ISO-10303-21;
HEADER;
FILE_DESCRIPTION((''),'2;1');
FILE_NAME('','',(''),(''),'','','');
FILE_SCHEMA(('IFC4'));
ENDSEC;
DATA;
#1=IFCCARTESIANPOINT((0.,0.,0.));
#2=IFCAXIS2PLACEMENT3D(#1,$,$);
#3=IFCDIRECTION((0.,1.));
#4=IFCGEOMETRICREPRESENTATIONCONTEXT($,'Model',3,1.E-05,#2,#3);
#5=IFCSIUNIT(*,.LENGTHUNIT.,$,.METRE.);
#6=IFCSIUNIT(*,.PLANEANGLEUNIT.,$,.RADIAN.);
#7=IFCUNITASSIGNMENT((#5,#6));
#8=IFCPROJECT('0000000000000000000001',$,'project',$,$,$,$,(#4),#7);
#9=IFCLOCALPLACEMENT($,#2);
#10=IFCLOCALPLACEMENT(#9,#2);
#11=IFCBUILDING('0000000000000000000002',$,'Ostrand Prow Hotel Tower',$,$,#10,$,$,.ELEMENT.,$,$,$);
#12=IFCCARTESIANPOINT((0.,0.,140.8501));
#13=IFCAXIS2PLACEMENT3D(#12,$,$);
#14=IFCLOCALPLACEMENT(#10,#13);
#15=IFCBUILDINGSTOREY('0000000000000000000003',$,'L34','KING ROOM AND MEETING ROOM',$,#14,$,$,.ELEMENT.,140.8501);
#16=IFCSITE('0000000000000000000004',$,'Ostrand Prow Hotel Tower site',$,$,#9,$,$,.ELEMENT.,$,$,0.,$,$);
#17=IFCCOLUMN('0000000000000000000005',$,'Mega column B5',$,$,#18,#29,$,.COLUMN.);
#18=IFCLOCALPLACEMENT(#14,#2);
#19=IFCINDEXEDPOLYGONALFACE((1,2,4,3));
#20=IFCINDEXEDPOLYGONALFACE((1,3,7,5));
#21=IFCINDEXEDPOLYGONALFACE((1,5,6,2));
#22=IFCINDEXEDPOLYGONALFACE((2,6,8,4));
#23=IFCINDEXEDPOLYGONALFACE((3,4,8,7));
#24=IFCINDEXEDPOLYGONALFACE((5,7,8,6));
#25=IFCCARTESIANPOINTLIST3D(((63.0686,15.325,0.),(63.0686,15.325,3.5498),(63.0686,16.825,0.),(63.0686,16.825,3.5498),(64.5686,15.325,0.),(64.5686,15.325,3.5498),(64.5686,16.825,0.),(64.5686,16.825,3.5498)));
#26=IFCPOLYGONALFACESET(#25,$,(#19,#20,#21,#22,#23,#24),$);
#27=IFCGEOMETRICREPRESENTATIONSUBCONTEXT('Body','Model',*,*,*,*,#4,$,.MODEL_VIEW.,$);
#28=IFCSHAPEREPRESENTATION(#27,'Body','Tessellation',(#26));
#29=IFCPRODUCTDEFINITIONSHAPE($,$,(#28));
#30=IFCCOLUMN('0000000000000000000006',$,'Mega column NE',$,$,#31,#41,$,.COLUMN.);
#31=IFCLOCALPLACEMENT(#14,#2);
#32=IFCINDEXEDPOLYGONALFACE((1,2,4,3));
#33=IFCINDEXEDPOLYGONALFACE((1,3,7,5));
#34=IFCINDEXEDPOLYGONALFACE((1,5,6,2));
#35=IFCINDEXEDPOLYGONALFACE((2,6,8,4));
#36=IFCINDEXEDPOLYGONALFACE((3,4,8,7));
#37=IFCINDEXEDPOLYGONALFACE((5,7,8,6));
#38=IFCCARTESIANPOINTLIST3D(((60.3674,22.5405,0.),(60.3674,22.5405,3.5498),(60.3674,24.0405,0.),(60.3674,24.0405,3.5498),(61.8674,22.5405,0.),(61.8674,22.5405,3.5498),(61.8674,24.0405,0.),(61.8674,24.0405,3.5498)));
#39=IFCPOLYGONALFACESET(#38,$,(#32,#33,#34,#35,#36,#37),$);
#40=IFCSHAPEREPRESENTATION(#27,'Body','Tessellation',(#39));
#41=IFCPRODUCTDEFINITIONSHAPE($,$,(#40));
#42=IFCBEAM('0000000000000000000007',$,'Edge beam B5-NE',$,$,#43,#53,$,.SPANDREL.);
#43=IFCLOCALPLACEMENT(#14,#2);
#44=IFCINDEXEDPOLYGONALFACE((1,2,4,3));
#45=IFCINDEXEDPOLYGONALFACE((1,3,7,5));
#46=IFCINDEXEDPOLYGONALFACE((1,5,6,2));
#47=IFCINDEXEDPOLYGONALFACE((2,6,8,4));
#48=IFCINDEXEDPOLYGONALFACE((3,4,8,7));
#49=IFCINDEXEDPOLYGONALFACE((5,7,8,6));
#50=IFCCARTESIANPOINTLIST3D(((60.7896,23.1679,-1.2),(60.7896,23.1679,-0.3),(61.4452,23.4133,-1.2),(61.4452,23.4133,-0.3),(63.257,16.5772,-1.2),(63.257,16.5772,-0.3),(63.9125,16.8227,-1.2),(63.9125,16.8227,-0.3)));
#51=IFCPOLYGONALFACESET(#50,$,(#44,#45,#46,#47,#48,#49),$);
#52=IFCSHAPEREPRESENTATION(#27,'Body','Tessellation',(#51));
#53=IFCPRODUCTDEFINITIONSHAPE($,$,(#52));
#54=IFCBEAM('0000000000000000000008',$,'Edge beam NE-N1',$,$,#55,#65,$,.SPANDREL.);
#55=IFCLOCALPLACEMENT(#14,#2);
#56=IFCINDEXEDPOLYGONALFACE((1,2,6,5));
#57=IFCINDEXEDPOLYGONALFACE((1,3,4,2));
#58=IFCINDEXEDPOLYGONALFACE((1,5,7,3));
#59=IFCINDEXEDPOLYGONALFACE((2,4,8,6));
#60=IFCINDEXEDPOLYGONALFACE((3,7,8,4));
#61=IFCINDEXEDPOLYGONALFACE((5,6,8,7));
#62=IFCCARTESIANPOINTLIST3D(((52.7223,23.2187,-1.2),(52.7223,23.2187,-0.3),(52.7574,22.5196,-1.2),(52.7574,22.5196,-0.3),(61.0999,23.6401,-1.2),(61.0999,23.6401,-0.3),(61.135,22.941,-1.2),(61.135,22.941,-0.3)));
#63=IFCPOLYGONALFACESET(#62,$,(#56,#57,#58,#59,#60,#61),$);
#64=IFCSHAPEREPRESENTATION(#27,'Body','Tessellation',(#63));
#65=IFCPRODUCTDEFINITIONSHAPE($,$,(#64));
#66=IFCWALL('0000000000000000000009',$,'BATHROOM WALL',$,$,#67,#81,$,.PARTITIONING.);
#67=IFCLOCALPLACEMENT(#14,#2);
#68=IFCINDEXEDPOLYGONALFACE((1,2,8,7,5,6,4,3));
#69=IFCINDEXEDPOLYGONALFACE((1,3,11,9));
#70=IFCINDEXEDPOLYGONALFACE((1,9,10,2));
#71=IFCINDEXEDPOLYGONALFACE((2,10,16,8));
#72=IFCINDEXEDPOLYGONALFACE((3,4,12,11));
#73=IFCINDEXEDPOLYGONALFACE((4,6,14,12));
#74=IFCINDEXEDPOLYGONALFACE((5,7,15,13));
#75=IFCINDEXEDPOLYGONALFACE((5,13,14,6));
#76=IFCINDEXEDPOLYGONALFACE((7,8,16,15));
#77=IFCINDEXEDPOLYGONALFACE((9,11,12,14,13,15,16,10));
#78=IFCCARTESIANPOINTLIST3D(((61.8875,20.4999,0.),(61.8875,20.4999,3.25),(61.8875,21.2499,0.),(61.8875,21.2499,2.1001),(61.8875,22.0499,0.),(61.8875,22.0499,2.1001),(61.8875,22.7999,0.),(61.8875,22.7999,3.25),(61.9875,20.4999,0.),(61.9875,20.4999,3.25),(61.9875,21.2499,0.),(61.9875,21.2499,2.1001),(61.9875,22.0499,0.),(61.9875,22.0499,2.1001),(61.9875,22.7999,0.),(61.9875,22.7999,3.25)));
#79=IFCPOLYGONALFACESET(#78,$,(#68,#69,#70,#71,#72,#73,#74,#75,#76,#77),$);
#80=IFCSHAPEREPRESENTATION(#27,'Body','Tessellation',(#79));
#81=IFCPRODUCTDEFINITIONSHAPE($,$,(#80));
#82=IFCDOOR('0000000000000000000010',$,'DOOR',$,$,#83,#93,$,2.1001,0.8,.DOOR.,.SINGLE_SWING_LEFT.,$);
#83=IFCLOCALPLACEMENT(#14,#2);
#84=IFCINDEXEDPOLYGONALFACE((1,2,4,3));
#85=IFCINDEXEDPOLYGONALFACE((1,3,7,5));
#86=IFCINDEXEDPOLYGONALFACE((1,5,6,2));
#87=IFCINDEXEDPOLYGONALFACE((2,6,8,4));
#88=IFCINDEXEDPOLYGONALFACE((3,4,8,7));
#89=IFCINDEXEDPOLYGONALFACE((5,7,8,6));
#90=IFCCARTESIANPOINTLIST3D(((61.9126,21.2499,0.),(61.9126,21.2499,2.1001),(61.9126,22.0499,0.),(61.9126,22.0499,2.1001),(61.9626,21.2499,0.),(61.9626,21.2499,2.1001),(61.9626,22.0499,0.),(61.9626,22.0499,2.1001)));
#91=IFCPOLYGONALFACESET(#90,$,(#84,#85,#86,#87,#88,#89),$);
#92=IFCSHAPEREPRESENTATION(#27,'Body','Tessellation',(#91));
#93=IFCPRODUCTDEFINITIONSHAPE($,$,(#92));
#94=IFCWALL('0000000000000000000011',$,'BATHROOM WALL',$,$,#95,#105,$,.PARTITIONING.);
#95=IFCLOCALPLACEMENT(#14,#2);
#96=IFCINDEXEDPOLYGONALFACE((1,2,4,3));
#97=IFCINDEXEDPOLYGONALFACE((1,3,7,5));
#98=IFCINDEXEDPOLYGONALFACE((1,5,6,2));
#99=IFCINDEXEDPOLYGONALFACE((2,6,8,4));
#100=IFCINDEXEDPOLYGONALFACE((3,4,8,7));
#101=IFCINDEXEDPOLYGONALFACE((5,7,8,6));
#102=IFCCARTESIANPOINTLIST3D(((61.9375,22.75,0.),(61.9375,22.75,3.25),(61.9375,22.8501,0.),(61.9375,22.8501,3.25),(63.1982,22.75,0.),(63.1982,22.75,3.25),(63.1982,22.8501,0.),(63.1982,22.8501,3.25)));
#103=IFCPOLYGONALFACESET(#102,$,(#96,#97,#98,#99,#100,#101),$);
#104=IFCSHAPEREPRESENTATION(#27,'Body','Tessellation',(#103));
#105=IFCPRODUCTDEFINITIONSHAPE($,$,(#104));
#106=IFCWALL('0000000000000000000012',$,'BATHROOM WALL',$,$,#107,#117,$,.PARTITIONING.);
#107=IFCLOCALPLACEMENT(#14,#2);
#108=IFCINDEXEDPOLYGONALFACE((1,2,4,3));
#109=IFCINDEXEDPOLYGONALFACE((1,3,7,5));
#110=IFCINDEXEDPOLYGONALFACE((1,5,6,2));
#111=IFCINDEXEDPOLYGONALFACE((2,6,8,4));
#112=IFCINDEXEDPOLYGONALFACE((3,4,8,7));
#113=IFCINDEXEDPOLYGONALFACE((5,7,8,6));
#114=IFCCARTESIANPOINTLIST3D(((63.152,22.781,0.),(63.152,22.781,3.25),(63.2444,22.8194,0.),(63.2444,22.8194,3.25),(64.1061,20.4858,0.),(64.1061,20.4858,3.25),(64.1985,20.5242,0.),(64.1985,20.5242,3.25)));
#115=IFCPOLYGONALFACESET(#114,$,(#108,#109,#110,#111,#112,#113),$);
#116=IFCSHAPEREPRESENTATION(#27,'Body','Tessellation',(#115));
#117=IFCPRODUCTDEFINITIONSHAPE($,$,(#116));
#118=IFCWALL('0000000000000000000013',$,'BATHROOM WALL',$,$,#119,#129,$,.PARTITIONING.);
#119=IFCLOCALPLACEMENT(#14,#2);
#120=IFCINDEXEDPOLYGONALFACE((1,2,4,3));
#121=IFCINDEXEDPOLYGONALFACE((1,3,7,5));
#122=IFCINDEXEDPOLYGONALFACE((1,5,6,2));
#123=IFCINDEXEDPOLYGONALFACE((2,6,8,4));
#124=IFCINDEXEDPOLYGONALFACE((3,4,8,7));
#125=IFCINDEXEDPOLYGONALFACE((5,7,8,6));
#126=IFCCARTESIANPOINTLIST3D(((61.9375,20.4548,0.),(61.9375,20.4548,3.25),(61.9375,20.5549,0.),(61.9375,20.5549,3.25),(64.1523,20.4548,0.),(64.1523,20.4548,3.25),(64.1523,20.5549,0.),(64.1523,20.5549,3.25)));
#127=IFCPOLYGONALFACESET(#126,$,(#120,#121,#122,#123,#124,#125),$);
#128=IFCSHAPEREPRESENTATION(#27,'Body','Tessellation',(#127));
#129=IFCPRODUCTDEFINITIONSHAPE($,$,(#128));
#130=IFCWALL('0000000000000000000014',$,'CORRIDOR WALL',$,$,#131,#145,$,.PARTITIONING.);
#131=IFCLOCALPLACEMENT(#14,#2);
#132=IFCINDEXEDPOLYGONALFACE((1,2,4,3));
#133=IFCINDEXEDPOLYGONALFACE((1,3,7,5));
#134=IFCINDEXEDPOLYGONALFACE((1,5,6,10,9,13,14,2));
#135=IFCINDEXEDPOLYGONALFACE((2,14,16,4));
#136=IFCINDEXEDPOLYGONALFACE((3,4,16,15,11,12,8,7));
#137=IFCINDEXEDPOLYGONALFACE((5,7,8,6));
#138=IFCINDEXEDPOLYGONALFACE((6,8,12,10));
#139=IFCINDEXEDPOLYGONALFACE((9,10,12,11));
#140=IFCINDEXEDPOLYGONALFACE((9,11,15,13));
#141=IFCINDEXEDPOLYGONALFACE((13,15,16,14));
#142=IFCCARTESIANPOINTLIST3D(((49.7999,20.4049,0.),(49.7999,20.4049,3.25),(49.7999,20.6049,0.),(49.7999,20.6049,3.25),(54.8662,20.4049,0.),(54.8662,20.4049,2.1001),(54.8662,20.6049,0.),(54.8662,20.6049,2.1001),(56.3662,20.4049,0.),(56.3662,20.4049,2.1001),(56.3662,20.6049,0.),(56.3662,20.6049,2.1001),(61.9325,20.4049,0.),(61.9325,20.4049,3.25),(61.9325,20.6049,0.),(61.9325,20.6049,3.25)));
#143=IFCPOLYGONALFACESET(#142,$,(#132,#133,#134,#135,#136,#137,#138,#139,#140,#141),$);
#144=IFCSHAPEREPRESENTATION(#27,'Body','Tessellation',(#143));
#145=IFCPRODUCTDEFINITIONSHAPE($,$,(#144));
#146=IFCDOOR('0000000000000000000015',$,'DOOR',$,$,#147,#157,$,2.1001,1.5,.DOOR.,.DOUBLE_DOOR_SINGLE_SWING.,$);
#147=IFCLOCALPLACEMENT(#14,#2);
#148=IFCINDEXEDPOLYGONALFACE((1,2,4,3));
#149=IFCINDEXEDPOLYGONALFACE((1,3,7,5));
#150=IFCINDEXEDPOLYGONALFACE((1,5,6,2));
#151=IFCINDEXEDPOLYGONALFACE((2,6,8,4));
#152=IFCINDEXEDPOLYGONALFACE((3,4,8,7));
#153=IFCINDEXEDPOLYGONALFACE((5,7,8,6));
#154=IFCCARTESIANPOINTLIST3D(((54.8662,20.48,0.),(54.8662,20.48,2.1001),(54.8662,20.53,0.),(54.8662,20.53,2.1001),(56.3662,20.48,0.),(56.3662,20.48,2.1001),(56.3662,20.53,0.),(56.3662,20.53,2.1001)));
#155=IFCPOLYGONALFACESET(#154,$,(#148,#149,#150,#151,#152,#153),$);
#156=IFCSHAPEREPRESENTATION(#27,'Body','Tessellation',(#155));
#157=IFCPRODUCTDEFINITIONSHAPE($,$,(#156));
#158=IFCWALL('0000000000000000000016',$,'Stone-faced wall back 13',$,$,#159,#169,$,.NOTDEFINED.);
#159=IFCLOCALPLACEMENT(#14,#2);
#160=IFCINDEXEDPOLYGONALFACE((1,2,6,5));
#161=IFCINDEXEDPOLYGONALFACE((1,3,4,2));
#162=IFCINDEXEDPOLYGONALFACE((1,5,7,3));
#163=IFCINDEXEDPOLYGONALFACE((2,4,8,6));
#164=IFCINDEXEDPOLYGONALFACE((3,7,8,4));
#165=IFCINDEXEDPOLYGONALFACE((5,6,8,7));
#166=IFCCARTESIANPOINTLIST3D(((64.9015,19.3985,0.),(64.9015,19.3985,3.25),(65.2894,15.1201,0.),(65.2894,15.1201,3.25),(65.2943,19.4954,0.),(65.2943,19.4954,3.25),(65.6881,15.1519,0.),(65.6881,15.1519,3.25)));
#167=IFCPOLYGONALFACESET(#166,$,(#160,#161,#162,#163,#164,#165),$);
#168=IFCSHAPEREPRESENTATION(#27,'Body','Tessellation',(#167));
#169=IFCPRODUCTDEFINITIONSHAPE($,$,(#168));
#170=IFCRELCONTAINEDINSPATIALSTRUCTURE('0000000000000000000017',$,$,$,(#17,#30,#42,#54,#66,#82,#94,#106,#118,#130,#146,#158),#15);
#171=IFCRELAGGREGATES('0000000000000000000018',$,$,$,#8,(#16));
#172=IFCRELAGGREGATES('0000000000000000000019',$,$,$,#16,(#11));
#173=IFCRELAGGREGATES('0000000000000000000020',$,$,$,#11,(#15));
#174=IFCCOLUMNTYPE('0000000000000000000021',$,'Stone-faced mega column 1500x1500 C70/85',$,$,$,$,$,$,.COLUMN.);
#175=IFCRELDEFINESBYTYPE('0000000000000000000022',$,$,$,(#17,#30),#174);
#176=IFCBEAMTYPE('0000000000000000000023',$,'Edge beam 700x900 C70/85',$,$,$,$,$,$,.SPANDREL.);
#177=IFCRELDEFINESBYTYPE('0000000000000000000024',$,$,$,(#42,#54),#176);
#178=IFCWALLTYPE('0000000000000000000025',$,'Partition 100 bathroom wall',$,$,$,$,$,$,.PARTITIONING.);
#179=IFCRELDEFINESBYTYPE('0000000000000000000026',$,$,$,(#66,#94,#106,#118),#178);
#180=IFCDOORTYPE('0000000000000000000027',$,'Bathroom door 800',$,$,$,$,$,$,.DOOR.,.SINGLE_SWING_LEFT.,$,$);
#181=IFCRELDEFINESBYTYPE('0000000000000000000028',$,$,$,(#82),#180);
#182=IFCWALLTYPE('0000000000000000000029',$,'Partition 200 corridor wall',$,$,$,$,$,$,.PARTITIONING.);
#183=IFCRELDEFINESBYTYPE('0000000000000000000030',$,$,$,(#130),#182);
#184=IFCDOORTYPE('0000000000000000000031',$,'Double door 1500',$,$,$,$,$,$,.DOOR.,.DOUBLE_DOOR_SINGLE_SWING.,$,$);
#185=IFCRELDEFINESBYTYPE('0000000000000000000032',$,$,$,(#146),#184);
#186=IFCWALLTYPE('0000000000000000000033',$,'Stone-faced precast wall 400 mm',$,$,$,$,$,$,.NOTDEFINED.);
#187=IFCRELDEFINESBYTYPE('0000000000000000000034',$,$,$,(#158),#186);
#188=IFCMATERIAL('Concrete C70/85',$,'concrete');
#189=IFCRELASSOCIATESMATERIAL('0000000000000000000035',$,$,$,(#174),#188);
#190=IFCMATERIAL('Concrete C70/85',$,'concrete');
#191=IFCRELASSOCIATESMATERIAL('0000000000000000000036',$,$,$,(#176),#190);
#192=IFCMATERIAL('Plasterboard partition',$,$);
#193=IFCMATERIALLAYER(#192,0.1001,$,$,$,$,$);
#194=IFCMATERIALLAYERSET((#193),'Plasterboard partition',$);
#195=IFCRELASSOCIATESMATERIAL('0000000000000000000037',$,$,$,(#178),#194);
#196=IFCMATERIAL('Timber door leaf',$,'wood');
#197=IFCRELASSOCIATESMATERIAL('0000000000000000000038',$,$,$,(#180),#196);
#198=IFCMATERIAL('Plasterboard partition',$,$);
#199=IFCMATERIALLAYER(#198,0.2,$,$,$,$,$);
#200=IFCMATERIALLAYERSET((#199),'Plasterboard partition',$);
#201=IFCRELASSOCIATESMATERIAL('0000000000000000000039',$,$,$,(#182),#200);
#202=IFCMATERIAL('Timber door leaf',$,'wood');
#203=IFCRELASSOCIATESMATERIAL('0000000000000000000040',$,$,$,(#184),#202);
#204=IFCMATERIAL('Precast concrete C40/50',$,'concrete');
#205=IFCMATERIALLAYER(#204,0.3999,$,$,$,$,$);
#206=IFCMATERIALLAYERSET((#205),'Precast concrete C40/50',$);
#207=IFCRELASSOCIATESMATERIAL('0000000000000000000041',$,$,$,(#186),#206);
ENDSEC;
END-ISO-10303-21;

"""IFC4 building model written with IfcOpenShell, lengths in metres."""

from ifc_helpers import new_model, si_unit, direction, frame, frame_2d, origin, origin_2d, place, context, subcontext, project, spatial, polyline, rectangle, outline, extrude, material, layer, layer_set, material_profile, profile_set, type_object, element, fill, save


model = new_model("IFC4")

# Units and contexts
model_context = context("Model", 3, precision=1e-05, world=origin(), true_north=direction((0.0, 1.0)))
body_context = subcontext(model_context, "Body", "Model", "MODEL_VIEW")
ifc_project = project(units=[si_unit("LENGTHUNIT", "METRE"), si_unit("PLANEANGLEUNIT", "RADIAN")], contexts=[model_context])

# Site, building, storey
site_placement = place(None, origin())
site = spatial("IfcSite", under=ifc_project, at=site_placement, Name="Ostrand Prow Hotel Tower site", CompositionType="ELEMENT", RefElevation=0.0)
building_placement = place(site_placement, origin())
building = spatial("IfcBuilding", under=site, at=building_placement, Name="Ostrand Prow Hotel Tower", CompositionType="ELEMENT")
storey_placement = place(building_placement, frame((0.0, 0.0, 140.8501)))
storey = spatial("IfcBuildingStorey", under=building, at=storey_placement, Name="L34", Description="KING ROOM AND MEETING ROOM", CompositionType="ELEMENT", Elevation=140.8501)

# Columns
ifc_material_1 = material(Name="Concrete C70/85", Category="concrete")
ifc_material_profile_1 = material_profile(ifc_material_1, rectangle(XDim=1.5, YDim=1.5, at=origin_2d()), Name="RC 1500x1500")
ifc_profile_set_1 = profile_set([ifc_material_profile_1], Name="Concrete C70/85")
column_type = type_object("IfcColumnType", Name="Stone-faced mega column 1500x1500 C70/85", PredefinedType="COLUMN", material=ifc_profile_set_1)
for number, where, z_axis, x_axis, name in (
    (1, (63.8186, 16.075, 0.0), (0.0, 0.0, 1.0), (1.0, 0.0, 0.0), "Mega column B5"),
    (2, (61.1174, 23.2905, 0.0), (0.0, 0.0, 1.0), (1.0, 0.0, 0.0), "Mega column NE"),
):
    element("IfcColumn", number, at=place(storey_placement, frame(where, z_axis=z_axis, x_axis=x_axis)), inside=storey, type_object=column_type, Name=name, PredefinedType="COLUMN", context=body_context, shape_type="SweptSolid", body=[
        extrude(rectangle(XDim=1.5, YDim=1.5, at=origin_2d()), origin(), (0.0, 0.0, 1.0), 3.5498),
    ])

# Beams
ifc_material_2 = material(Name="Concrete C70/85", Category="concrete")
ifc_material_profile_2 = material_profile(ifc_material_2, rectangle(XDim=0.7, YDim=0.8999, at=origin_2d()), Name="RC 700x900")
ifc_profile_set_2 = profile_set([ifc_material_profile_2], Name="Concrete C70/85")
beam_type = type_object("IfcBeamType", Name="Edge beam 700x900 C70/85", PredefinedType="SPANDREL", material=ifc_profile_set_2)
beam_1_placement = place(storey_placement, frame((63.5847, 16.7, -0.75), z_axis=(-0.350603, 0.936524, 0.0), x_axis=(-0.936524, -0.350603, 0.0)))
element("IfcBeam", 3, at=beam_1_placement, inside=storey, type_object=beam_type, Name="Edge beam B5-NE", PredefinedType="SPANDREL", context=body_context, shape_type="SweptSolid", body=[
    extrude(rectangle(XDim=0.7, YDim=0.8999, at=origin_2d()), origin(), (0.0, 0.0, 1.0), 7.0374),
])
beam_2_placement = place(storey_placement, frame((61.1174, 23.2905, -0.75), z_axis=(-0.998737, -0.050235, 0.0), x_axis=(0.050235, -0.998737, 0.0)))
element("IfcBeam", 4, at=beam_2_placement, inside=storey, type_object=beam_type, Name="Edge beam NE-N1", PredefinedType="SPANDREL", context=body_context, shape_type="SweptSolid", body=[
    extrude(rectangle(XDim=0.7, YDim=0.8999, at=origin_2d()), origin(), (0.0, 0.0, 1.0), 8.3882),
])

# Wall, opening, door
ifc_material_3 = material(Name="Plasterboard partition")
ifc_layer_1 = layer(ifc_material_3, 0.1001)
ifc_layer_set_1 = layer_set([ifc_layer_1], Name="Plasterboard partition")
wall_type_1 = type_object("IfcWallType", Name="Partition 100 bathroom wall", PredefinedType="PARTITIONING", material=ifc_layer_set_1)
wall_1_placement = place(storey_placement, frame((61.9375, 20.5, 0.0), z_axis=(0.0, 0.0, 1.0), x_axis=(0.0, 1.0, 0.0)))
wall_1 = element("IfcWall", 5, at=wall_1_placement, inside=storey, type_object=wall_type_1, Name="BATHROOM WALL", PredefinedType="PARTITIONING", context=body_context, shape_type="SweptSolid", body=[
    extrude(rectangle(XDim=2.3, YDim=0.1001, at=frame_2d((1.1499, 0.0))), origin(), (0.0, 0.0, 1.0), 3.25),
])
opening_1_placement = place(wall_1_placement, frame((0.75, 0.0, 0.0)))
opening_1 = element("IfcOpeningElement", 6, at=opening_1_placement, cuts=wall_1, PredefinedType="OPENING", context=body_context, shape_type="SweptSolid", body=[
    extrude(rectangle(XDim=0.8, YDim=2.1001, at=frame_2d((0.3999, 1.05))), frame((0.0, 0.0601, 0.0), z_axis=(0.0, -1.0, 0.0), x_axis=(1.0, 0.0, 0.0)), (0.0, 0.0, 1.0), 0.1201),
])
ifc_material_4 = material(Name="Timber door leaf", Category="wood")
door_type_1 = type_object("IfcDoorType", Name="Bathroom door 800", OperationType="SINGLE_SWING_LEFT", PredefinedType="DOOR", material=ifc_material_4)
door_1_placement = place(opening_1_placement, origin())
door_1 = element("IfcDoor", 7, at=door_1_placement, inside=storey, type_object=door_type_1, Name="DOOR", OperationType="SINGLE_SWING_LEFT", OverallHeight=2.1001, OverallWidth=0.8, PredefinedType="DOOR", context=body_context, shape_type="SweptSolid", body=[
    extrude(rectangle(XDim=0.8, YDim=2.1001, at=frame_2d((0.3999, 1.05))), frame((0.0, 0.0249, 0.0), z_axis=(0.0, -1.0, 0.0), x_axis=(1.0, 0.0, 0.0)), (0.0, 0.0, 1.0), 0.05),
])
fill(opening_1, door_1)

# Walls
wall_2_placement = place(storey_placement, frame((61.9375, 22.8, 0.0), z_axis=(0.0, 0.0, 1.0), x_axis=(1.0, 0.0, 0.0)))
element("IfcWall", 8, at=wall_2_placement, inside=storey, type_object=wall_type_1, Name="BATHROOM WALL", PredefinedType="PARTITIONING", context=body_context, shape_type="SweptSolid", body=[
    extrude(rectangle(XDim=1.2607, YDim=0.1001, at=frame_2d((0.6304, 0.0))), origin(), (0.0, 0.0, 1.0), 3.25),
])
wall_3_placement = place(storey_placement, frame((63.1982, 22.8, 0.0), z_axis=(0.0, 0.0, 1.0), x_axis=(0.383855, -0.923393, 0.0)))
element("IfcWall", 9, at=wall_3_placement, inside=storey, type_object=wall_type_1, Name="BATHROOM WALL", PredefinedType="PARTITIONING", context=body_context, shape_type="SweptSolid", body=[
    extrude(rectangle(XDim=2.4856, YDim=0.1001, at=frame_2d((1.2427, 0.0))), origin(), (0.0, 0.0, 1.0), 3.25),
])
wall_4_placement = place(storey_placement, frame((64.1523, 20.5049, 0.0), z_axis=(0.0, 0.0, 1.0), x_axis=(-1.0, 0.0, 0.0)))
element("IfcWall", 10, at=wall_4_placement, inside=storey, type_object=wall_type_1, Name="BATHROOM WALL", PredefinedType="PARTITIONING", context=body_context, shape_type="SweptSolid", body=[
    extrude(rectangle(XDim=2.2148, YDim=0.1001, at=frame_2d((1.1074, 0.0))), origin(), (0.0, 0.0, 1.0), 3.25),
])

# Wall, opening, door
ifc_material_5 = material(Name="Plasterboard partition")
ifc_layer_2 = layer(ifc_material_5, 0.2)
ifc_layer_set_2 = layer_set([ifc_layer_2], Name="Plasterboard partition")
wall_type_2 = type_object("IfcWallType", Name="Partition 200 corridor wall", PredefinedType="PARTITIONING", material=ifc_layer_set_2)
wall_5_placement = place(storey_placement, frame((61.9326, 20.5049, 0.0), z_axis=(0.0, 0.0, 1.0), x_axis=(-1.0, 0.0, 0.0)))
wall_5 = element("IfcWall", 11, at=wall_5_placement, inside=storey, type_object=wall_type_2, Name="CORRIDOR WALL", PredefinedType="PARTITIONING", context=body_context, shape_type="SweptSolid", body=[
    extrude(rectangle(XDim=12.1326, YDim=0.2, at=frame_2d((6.0664, 0.0))), origin(), (0.0, 0.0, 1.0), 3.25),
])
opening_2_placement = place(wall_5_placement, frame((5.5664, 0.0, 0.0)))
opening_2 = element("IfcOpeningElement", 12, at=opening_2_placement, cuts=wall_5, PredefinedType="OPENING", context=body_context, shape_type="SweptSolid", body=[
    extrude(rectangle(XDim=1.5, YDim=2.1001, at=frame_2d((0.75, 1.05))), frame((0.0, 0.1099, 0.0), z_axis=(0.0, -1.0, 0.0), x_axis=(1.0, 0.0, 0.0)), (0.0, 0.0, 1.0), 0.22),
])
ifc_material_6 = material(Name="Timber door leaf", Category="wood")
door_type_2 = type_object("IfcDoorType", Name="Double door 1500", OperationType="DOUBLE_DOOR_SINGLE_SWING", PredefinedType="DOOR", material=ifc_material_6)
door_2_placement = place(opening_2_placement, origin())
door_2 = element("IfcDoor", 13, at=door_2_placement, inside=storey, type_object=door_type_2, Name="DOOR", OperationType="DOUBLE_DOOR_SINGLE_SWING", OverallHeight=2.1001, OverallWidth=1.5, PredefinedType="DOOR", context=body_context, shape_type="SweptSolid", body=[
    extrude(rectangle(XDim=1.5, YDim=2.1001, at=frame_2d((0.75, 1.05))), frame((0.0, 0.0249, 0.0), z_axis=(0.0, -1.0, 0.0), x_axis=(1.0, 0.0, 0.0)), (0.0, 0.0, 1.0), 0.05),
])
fill(opening_2, door_2)

# Wall
ifc_material_7 = material(Name="Precast concrete C40/50", Category="concrete")
ifc_layer_3 = layer(ifc_material_7, 0.3999)
ifc_layer_set_3 = layer_set([ifc_layer_3], Name="Precast concrete C40/50")
wall_type_3 = type_object("IfcWallType", Name="Stone-faced precast wall 400 mm", PredefinedType="NOTDEFINED", material=ifc_layer_set_3)
wall_6_placement = place(storey_placement, frame((65.4888, 15.136, 0.0), z_axis=(0.0, 0.0, 1.0), x_axis=(-0.090297, 0.995915, 0.0)))
element("IfcWall", 14, at=wall_6_placement, inside=storey, type_object=wall_type_3, Name="Stone-faced wall back 13", PredefinedType="NOTDEFINED", context=body_context, shape_type="SweptSolid", body=[
    extrude(outline(polyline([(-0.0022, -0.2), (4.3591, -0.2), (4.2981, 0.2), (0.0022, 0.2), (-0.0022, -0.2)])), origin(), (0.0, 0.0, 1.0), 3.25),
])

save(model, "model.ifc")
